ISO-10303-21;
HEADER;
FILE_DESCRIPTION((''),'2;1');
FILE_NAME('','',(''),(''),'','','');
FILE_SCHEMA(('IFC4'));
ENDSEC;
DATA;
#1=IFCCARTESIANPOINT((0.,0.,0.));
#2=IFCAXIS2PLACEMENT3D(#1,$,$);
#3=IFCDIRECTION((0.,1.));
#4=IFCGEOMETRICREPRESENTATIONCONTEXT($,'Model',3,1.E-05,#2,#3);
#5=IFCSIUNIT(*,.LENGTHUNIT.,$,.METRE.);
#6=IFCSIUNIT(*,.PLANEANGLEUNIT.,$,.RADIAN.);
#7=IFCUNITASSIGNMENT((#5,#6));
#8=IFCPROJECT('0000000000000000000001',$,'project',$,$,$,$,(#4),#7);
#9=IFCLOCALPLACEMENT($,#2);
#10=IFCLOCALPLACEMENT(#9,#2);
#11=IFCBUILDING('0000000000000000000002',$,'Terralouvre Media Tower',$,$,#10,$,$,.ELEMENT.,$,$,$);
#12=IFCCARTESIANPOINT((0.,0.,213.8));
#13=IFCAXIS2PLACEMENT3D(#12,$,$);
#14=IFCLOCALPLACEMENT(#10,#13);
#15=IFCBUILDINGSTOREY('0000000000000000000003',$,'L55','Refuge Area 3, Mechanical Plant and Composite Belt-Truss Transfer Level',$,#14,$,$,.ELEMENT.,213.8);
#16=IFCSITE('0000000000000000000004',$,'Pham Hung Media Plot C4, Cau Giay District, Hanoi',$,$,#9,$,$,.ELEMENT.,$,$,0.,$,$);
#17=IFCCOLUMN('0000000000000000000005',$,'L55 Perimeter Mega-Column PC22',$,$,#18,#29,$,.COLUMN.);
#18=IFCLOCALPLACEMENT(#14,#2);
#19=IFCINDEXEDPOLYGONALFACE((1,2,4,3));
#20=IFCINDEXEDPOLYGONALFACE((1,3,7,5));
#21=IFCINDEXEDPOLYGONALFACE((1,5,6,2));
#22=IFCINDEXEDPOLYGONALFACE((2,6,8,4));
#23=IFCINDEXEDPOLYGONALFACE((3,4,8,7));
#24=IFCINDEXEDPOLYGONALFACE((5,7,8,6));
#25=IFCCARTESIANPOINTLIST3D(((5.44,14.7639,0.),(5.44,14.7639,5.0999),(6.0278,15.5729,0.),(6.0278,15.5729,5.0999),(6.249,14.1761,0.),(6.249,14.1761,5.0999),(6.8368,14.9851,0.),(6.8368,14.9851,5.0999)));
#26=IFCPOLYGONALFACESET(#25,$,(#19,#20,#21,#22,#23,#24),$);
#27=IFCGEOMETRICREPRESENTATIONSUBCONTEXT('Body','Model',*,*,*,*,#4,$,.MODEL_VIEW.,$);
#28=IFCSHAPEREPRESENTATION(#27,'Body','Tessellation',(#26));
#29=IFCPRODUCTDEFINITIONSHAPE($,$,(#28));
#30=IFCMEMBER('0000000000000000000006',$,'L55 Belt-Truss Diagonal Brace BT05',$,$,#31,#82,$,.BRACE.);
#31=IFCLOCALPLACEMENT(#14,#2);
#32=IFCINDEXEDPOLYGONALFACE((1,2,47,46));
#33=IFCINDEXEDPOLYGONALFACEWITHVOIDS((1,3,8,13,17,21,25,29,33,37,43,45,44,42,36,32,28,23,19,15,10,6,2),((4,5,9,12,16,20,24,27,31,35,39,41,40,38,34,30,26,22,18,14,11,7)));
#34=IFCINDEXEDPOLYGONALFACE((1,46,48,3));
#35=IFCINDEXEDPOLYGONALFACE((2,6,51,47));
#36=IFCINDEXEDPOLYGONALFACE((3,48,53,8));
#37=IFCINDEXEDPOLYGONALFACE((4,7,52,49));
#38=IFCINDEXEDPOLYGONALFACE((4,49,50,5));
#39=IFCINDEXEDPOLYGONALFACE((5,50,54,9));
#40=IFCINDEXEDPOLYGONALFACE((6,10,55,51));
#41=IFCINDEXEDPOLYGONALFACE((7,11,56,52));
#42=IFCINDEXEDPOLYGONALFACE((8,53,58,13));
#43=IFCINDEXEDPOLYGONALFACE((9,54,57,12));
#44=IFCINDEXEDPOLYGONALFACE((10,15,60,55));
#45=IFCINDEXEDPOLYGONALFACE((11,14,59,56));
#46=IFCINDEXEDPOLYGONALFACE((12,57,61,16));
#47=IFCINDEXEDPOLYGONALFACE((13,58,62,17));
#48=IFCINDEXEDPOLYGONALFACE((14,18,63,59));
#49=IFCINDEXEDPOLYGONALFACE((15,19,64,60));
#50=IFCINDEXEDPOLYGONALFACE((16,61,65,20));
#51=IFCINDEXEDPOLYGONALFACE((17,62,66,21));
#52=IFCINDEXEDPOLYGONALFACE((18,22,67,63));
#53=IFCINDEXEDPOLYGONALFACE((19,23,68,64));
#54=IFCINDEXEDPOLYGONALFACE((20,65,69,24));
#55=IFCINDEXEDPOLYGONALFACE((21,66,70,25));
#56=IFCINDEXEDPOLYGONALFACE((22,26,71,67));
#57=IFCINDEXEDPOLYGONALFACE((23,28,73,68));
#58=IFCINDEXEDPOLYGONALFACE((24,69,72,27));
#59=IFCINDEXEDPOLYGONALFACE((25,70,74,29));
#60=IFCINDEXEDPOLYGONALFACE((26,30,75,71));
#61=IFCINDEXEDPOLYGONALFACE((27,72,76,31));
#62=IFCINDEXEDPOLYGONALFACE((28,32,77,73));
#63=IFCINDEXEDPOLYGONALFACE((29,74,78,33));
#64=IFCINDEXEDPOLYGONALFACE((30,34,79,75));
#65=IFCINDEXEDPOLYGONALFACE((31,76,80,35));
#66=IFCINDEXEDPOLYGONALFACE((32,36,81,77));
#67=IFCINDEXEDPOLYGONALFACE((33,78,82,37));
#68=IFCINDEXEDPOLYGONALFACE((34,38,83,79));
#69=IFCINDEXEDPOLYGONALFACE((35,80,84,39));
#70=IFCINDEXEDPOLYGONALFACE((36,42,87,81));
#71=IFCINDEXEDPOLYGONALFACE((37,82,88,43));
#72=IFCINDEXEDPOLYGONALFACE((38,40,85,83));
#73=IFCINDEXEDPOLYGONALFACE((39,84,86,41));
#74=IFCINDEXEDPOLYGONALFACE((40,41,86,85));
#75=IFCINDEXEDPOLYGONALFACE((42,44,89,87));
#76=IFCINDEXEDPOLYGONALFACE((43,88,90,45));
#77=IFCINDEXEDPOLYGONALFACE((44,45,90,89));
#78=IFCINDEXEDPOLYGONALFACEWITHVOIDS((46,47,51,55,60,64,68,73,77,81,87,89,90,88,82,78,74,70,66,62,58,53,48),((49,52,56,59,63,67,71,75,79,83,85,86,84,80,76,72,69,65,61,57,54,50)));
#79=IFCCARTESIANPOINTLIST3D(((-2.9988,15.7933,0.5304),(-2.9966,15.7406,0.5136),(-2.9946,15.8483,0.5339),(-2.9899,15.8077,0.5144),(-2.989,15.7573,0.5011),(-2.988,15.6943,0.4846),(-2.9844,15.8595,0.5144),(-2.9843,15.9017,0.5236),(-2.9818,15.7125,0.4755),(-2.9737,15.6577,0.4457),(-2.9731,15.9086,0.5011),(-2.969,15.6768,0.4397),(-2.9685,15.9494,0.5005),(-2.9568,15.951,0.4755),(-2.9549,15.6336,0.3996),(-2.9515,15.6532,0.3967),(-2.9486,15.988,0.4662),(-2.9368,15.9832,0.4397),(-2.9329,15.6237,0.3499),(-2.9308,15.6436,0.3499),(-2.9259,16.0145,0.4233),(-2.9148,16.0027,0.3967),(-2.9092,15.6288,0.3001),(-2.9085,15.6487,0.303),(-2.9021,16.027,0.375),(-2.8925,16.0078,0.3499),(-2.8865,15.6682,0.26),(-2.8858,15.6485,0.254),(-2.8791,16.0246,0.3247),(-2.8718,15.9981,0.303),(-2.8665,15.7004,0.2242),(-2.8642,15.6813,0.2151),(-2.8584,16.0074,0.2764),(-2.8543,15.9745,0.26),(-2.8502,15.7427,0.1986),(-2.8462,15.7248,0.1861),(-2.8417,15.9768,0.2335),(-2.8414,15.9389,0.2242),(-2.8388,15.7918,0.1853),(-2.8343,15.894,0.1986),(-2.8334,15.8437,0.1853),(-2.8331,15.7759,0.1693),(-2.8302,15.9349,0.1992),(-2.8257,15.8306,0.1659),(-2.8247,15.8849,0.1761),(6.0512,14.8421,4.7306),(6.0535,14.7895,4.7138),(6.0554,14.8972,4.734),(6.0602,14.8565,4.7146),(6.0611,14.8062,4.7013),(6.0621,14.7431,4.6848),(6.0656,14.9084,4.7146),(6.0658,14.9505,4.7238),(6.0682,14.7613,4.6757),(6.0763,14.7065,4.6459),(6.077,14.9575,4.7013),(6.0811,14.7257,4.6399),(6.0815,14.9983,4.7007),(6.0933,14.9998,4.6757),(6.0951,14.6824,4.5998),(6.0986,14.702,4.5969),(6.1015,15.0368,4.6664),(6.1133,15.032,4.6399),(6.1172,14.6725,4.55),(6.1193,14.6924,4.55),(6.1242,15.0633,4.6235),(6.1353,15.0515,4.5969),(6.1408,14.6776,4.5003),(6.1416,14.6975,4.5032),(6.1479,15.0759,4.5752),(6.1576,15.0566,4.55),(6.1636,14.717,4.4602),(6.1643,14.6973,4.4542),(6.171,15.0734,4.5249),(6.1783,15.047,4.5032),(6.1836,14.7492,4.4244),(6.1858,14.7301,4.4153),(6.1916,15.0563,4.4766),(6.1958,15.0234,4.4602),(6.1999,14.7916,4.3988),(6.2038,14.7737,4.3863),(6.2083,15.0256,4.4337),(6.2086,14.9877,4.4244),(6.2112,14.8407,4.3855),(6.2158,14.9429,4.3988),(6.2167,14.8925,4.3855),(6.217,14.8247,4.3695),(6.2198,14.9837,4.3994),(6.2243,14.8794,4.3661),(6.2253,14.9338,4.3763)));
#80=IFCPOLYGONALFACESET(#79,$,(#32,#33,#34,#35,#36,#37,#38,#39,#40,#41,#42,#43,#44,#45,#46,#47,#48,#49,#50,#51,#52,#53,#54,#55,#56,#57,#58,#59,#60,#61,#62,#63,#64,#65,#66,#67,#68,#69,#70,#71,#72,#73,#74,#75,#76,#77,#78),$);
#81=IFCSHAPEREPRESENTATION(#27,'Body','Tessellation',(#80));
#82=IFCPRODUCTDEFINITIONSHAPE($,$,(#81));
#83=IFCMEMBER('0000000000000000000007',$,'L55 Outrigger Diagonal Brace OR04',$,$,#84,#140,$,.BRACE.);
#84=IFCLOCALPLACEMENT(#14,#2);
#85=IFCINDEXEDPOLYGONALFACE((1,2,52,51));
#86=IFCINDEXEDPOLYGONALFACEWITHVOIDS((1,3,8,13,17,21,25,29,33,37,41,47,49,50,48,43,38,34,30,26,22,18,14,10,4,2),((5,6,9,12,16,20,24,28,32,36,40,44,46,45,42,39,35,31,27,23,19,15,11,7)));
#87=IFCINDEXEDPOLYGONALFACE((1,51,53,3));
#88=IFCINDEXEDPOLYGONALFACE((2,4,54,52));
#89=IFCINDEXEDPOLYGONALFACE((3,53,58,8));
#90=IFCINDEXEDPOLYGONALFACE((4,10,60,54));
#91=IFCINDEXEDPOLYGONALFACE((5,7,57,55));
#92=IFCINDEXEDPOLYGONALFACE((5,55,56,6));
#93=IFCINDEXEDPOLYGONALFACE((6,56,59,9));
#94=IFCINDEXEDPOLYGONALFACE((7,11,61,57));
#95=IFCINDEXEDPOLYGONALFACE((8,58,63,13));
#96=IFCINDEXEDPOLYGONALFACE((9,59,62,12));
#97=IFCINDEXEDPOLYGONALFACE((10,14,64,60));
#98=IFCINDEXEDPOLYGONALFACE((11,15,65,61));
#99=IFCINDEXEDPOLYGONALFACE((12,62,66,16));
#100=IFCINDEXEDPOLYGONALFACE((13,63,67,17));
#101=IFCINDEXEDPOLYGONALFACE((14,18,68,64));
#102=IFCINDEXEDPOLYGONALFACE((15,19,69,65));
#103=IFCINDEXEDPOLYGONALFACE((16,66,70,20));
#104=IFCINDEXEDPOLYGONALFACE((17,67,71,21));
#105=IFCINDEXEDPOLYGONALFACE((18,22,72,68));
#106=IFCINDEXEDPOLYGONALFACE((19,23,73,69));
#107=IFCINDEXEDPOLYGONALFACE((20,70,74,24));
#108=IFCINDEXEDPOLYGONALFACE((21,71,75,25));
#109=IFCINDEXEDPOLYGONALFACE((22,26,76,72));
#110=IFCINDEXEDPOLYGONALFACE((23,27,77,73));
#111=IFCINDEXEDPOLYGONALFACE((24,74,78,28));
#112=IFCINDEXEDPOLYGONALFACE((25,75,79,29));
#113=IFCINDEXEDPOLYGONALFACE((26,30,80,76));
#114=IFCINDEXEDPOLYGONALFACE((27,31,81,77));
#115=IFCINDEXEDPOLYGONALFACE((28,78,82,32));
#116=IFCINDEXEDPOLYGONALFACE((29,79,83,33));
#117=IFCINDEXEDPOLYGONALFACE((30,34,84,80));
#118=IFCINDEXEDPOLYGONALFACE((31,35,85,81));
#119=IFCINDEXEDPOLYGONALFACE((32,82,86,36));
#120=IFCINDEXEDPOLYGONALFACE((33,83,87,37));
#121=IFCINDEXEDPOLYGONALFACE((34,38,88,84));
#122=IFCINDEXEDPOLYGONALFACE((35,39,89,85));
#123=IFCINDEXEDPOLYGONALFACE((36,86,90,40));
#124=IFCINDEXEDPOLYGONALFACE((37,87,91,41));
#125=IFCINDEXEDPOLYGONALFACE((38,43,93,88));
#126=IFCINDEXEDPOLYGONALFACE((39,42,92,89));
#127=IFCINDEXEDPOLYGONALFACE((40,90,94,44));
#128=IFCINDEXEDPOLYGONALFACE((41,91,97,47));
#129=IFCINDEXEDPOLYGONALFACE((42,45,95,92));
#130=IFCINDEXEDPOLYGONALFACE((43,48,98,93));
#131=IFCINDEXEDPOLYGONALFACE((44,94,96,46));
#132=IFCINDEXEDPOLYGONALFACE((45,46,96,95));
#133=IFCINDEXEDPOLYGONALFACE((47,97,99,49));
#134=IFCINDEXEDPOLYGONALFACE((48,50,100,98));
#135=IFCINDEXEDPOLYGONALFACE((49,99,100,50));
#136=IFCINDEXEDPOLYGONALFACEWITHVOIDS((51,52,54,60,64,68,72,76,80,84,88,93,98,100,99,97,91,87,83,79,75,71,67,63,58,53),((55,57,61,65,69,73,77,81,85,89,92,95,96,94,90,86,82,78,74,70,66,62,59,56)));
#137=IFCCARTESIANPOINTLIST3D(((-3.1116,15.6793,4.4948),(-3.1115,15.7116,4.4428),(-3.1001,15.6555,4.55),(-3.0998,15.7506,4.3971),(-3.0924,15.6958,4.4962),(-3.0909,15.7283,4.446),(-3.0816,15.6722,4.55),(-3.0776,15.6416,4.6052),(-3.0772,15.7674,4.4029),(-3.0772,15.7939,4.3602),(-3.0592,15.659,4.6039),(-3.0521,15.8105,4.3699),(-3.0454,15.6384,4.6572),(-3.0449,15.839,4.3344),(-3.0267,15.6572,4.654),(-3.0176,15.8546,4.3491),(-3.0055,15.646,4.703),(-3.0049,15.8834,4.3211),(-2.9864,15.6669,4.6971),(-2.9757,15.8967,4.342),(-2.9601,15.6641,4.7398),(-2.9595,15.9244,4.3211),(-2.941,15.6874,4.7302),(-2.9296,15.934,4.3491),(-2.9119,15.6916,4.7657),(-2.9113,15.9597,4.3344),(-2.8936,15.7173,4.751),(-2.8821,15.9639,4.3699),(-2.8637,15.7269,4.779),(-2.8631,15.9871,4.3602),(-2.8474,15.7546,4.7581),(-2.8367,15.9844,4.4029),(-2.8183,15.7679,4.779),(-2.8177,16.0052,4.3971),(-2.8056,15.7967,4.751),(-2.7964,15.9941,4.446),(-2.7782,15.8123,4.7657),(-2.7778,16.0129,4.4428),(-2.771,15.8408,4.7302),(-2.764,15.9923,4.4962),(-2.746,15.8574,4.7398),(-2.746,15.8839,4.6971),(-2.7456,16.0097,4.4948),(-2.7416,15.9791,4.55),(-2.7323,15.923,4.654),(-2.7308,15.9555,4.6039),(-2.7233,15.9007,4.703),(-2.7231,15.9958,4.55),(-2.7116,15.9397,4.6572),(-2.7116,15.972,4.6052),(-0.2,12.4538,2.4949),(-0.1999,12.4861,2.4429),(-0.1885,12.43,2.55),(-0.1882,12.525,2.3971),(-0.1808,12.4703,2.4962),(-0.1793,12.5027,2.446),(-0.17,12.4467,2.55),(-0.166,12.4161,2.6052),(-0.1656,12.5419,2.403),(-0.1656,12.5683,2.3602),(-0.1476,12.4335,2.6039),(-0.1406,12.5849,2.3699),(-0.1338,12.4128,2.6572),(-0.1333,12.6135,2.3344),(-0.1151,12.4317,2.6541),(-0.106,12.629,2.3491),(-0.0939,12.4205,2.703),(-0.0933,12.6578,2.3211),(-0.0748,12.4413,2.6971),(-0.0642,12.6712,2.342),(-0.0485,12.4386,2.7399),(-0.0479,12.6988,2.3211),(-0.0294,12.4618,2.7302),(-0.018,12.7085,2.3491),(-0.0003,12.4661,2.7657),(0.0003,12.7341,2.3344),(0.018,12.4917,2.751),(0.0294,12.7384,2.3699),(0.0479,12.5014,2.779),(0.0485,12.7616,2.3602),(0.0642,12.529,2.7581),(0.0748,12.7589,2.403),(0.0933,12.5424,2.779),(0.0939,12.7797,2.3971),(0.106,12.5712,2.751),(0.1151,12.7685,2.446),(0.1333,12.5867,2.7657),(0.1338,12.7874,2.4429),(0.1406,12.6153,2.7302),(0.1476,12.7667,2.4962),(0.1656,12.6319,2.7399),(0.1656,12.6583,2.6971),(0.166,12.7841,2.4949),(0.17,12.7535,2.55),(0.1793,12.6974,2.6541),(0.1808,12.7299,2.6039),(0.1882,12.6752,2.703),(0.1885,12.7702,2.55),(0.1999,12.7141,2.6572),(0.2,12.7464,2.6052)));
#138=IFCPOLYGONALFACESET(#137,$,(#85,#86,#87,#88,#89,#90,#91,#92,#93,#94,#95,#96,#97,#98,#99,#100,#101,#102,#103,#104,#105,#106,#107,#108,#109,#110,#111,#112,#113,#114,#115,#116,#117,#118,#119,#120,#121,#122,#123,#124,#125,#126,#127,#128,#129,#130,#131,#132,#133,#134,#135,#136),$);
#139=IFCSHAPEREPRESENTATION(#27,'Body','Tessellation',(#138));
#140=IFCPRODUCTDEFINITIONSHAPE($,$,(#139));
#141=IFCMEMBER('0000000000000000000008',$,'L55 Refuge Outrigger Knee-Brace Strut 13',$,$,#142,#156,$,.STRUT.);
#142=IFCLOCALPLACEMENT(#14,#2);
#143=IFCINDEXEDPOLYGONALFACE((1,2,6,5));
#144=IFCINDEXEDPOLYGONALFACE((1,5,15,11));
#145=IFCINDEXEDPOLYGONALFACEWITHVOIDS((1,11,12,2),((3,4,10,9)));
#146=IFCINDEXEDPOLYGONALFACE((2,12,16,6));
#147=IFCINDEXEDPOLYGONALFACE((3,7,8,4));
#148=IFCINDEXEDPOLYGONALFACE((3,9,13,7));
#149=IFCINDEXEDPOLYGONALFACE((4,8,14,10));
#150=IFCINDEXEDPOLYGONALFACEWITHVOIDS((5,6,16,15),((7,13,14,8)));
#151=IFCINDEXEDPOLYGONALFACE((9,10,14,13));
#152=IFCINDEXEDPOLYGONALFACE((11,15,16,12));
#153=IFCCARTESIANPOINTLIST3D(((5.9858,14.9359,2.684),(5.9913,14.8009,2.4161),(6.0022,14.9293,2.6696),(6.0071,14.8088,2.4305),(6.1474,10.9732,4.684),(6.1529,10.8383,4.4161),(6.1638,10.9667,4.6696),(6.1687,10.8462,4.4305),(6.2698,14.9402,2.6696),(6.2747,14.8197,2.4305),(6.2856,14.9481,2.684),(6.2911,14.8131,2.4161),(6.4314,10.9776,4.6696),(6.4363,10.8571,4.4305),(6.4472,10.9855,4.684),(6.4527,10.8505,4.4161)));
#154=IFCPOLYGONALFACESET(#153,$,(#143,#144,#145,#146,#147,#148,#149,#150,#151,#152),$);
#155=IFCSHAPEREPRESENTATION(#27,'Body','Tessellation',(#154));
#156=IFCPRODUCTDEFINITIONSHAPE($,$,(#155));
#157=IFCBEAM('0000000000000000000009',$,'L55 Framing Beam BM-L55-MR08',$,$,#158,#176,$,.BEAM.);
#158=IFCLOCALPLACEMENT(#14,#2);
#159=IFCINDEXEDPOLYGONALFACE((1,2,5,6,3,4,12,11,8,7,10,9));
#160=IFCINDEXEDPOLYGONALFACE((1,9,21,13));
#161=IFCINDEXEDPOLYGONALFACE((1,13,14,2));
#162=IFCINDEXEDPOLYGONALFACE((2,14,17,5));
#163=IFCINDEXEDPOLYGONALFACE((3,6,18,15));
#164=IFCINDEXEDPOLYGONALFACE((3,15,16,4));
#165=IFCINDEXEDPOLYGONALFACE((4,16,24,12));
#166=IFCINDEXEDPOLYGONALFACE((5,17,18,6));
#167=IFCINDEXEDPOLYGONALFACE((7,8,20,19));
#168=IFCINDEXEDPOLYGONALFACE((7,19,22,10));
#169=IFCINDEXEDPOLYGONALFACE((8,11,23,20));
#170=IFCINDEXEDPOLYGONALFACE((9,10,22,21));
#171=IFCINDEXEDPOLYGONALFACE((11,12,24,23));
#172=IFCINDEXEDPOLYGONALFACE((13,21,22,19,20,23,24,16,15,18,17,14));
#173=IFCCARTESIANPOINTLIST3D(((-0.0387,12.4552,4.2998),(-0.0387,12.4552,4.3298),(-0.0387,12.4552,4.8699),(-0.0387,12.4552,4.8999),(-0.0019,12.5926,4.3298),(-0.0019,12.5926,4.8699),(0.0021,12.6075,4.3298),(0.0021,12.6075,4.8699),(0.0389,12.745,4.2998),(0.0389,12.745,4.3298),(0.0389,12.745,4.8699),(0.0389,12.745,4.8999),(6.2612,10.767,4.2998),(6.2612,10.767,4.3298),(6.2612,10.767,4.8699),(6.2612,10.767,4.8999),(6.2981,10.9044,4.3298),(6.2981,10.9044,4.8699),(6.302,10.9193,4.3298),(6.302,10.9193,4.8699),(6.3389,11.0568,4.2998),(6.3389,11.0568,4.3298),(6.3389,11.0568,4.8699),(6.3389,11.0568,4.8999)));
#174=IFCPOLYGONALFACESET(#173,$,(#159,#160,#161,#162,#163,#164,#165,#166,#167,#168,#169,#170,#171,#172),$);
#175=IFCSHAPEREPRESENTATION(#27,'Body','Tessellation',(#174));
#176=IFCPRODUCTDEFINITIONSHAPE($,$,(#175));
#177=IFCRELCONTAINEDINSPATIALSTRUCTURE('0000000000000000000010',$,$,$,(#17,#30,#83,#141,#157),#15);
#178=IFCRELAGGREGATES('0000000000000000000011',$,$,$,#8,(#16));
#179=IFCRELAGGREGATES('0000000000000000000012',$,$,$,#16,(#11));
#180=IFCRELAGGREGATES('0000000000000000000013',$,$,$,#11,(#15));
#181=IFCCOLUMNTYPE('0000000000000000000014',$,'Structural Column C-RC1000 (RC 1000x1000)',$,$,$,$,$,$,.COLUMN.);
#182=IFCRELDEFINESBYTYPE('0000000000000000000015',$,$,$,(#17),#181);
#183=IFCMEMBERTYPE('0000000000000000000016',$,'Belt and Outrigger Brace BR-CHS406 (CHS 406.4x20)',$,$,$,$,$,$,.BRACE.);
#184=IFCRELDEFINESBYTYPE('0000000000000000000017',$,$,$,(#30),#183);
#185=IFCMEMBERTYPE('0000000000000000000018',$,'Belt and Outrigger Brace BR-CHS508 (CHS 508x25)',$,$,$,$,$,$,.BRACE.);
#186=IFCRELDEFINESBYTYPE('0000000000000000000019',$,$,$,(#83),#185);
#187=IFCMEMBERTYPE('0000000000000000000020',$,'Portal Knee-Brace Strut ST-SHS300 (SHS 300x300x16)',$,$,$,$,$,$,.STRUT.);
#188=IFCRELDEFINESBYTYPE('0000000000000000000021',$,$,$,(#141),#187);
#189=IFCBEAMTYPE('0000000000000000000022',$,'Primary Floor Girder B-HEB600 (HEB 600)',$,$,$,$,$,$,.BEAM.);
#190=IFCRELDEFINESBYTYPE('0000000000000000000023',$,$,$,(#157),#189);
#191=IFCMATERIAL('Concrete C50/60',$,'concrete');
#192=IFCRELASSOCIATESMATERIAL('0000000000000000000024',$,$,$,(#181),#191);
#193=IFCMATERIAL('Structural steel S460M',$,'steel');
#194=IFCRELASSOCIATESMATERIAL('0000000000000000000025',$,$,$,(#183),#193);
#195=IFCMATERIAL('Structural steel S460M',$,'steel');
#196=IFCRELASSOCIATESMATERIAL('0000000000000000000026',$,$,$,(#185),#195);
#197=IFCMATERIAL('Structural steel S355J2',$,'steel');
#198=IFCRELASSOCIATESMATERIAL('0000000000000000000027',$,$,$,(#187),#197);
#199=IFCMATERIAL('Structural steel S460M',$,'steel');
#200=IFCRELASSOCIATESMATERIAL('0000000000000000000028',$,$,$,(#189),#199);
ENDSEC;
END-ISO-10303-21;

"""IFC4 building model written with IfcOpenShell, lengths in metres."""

from ifc_helpers import new_model, si_unit, direction, frame, origin, origin_2d, place, context, subcontext, project, spatial, rectangle, hollow_rectangle, hollow_circle, i_section, extrude, material, material_profile, profile_set, type_object, element, save


model = new_model("IFC4")

# Units and contexts
model_context = context("Model", 3, precision=1e-05, world=origin(), true_north=direction((0.0, 1.0)))
body_context = subcontext(model_context, "Body", "Model", "MODEL_VIEW")
ifc_project = project(units=[si_unit("LENGTHUNIT", "METRE"), si_unit("PLANEANGLEUNIT", "RADIAN")], contexts=[model_context])

# Site, building, storey
site_placement = place(None, origin())
site = spatial("IfcSite", under=ifc_project, at=site_placement, Name="Pham Hung Media Plot C4, Cau Giay District, Hanoi", CompositionType="ELEMENT", RefElevation=0.0)
building_placement = place(site_placement, origin())
building = spatial("IfcBuilding", under=site, at=building_placement, Name="Terralouvre Media Tower", CompositionType="ELEMENT")
storey_placement = place(building_placement, frame((0.0, 0.0, 213.8)))
storey = spatial("IfcBuildingStorey", under=building, at=storey_placement, Name="L55", Description="Refuge Area 3, Mechanical Plant and Composite Belt-Truss Transfer Level", CompositionType="ELEMENT", Elevation=213.8)

# Column
ifc_material_1 = material(Name="Concrete C50/60", Category="concrete")
ifc_material_profile_1 = material_profile(ifc_material_1, rectangle(XDim=1.0, YDim=1.0, at=origin_2d()), Name="RC 1000x1000")
ifc_profile_set_1 = profile_set([ifc_material_profile_1], Name="Concrete C50/60")
column_type = type_object("IfcColumnType", Name="Structural Column C-RC1000 (RC 1000x1000)", PredefinedType="COLUMN", material=ifc_profile_set_1)
column_placement = place(storey_placement, frame((6.1384, 14.8745, 0.0), z_axis=(0.0, 0.0, 1.0), x_axis=(0.587785, 0.809017, 0.0)))
element("IfcColumn", 1, at=column_placement, inside=storey, type_object=column_type, Name="L55 Perimeter Mega-Column PC22", PredefinedType="COLUMN", context=body_context, shape_type="SweptSolid", body=[
    extrude(rectangle(XDim=1.0, YDim=1.0, at=origin_2d()), origin(), (0.0, 0.0, 1.0), 5.0999),
])

# Members
ifc_material_2 = material(Name="Structural steel S460M", Category="steel")
ifc_material_profile_2 = material_profile(ifc_material_2, hollow_circle(Radius=0.2031, WallThickness=0.02, at=origin_2d()), Name="CHS 406.4x20")
ifc_profile_set_2 = profile_set([ifc_material_profile_2], Name="Structural steel S460M")
member_type_1 = type_object("IfcMemberType", Name="Belt and Outrigger Brace BR-CHS406 (CHS 406.4x20)", PredefinedType="BRACE", material=ifc_profile_set_2)
member_1_placement = place(storey_placement, frame((6.1384, 14.8745, 4.55), z_axis=(-0.902977, 0.094904, -0.419078), x_axis=(-0.104526, -0.994522, 0.0)))
element("IfcMember", 2, at=member_1_placement, inside=storey, type_object=member_type_1, Name="L55 Belt-Truss Diagonal Brace BT05", PredefinedType="BRACE", context=body_context, shape_type="SweptSolid", body=[
    extrude(hollow_circle(Radius=0.2031, WallThickness=0.02, at=origin_2d()), origin(), (0.0, 0.0, 1.0), 10.0225),
])
ifc_material_3 = material(Name="Structural steel S460M", Category="steel")
ifc_material_profile_3 = material_profile(ifc_material_3, hollow_circle(Radius=0.2539, WallThickness=0.0249, at=origin_2d()), Name="CHS 508x25")
ifc_profile_set_3 = profile_set([ifc_material_profile_3], Name="Structural steel S460M")
member_type_2 = type_object("IfcMemberType", Name="Belt and Outrigger Brace BR-CHS508 (CHS 508x25)", PredefinedType="BRACE", material=ifc_profile_set_3)
member_2_placement = place(storey_placement, frame((0.0, 12.6001, 2.55), z_axis=(-0.608679, 0.674314, 0.418103), x_axis=(-0.74231, -0.670057, 0.0)))
element("IfcMember", 3, at=member_2_placement, inside=storey, type_object=member_type_2, Name="L55 Outrigger Diagonal Brace OR04", PredefinedType="BRACE", context=body_context, shape_type="SweptSolid", body=[
    extrude(hollow_circle(Radius=0.2539, WallThickness=0.0249, at=origin_2d()), origin(), (0.0, 0.0, 1.0), 4.7834),
])
ifc_material_4 = material(Name="Structural steel S355J2", Category="steel")
ifc_material_profile_4 = material_profile(ifc_material_4, hollow_rectangle(XDim=0.3, YDim=0.3, WallThickness=0.0161, at=origin_2d()), Name="SHS 300x300x16")
ifc_profile_set_4 = profile_set([ifc_material_profile_4], Name="Structural steel S355J2")
member_type_3 = type_object("IfcMemberType", Name="Portal Knee-Brace Strut ST-SHS300 (SHS 300x300x16)", PredefinedType="STRUT", material=ifc_profile_set_4)
member_3_placement = place(storey_placement, frame((6.3, 10.9119, 4.55), z_axis=(-0.036387, 0.892147, -0.450278), x_axis=(-0.999169, -0.040752, 0.0)))
element("IfcMember", 4, at=member_3_placement, inside=storey, type_object=member_type_3, Name="L55 Refuge Outrigger Knee-Brace Strut 13", PredefinedType="STRUT", context=body_context, shape_type="SweptSolid", body=[
    extrude(hollow_rectangle(XDim=0.3, YDim=0.3, WallThickness=0.0161, at=origin_2d()), origin(), (0.0, 0.0, 1.0), 4.4417),
])

# Beam
ifc_material_5 = material(Name="Structural steel S460M", Category="steel")
ifc_material_profile_5 = material_profile(ifc_material_5, i_section(OverallWidth=0.3, OverallDepth=0.6001, WebThickness=0.0154, FlangeThickness=0.03, at=origin_2d()), Name="HEB 600")
ifc_profile_set_5 = profile_set([ifc_material_profile_5], Name="Structural steel S460M")
beam_type_1 = type_object("IfcBeamType", Name="Primary Floor Girder B-HEB600 (HEB 600)", PredefinedType="BEAM", material=ifc_profile_set_5)
for number, where, z_axis, x_axis, name in (
    (5, (6.3, 10.9119, 4.5999), (-0.96592, 0.258839, 0.0), (-0.258839, -0.96592, 0.0), "L55 Framing Beam BM-L55-MR08"),
):
    element("IfcBeam", number, at=place(storey_placement, frame(where, z_axis=z_axis, x_axis=x_axis)), inside=storey, type_object=beam_type_1, Name=name, PredefinedType="BEAM", context=body_context, shape_type="SweptSolid", body=[
        extrude(i_section(OverallWidth=0.3, OverallDepth=0.6001, WebThickness=0.0154, FlangeThickness=0.03, at=origin_2d()), origin(), (0.0, 0.0, 1.0), 6.5222),
    ])

save(model, "model.ifc")
